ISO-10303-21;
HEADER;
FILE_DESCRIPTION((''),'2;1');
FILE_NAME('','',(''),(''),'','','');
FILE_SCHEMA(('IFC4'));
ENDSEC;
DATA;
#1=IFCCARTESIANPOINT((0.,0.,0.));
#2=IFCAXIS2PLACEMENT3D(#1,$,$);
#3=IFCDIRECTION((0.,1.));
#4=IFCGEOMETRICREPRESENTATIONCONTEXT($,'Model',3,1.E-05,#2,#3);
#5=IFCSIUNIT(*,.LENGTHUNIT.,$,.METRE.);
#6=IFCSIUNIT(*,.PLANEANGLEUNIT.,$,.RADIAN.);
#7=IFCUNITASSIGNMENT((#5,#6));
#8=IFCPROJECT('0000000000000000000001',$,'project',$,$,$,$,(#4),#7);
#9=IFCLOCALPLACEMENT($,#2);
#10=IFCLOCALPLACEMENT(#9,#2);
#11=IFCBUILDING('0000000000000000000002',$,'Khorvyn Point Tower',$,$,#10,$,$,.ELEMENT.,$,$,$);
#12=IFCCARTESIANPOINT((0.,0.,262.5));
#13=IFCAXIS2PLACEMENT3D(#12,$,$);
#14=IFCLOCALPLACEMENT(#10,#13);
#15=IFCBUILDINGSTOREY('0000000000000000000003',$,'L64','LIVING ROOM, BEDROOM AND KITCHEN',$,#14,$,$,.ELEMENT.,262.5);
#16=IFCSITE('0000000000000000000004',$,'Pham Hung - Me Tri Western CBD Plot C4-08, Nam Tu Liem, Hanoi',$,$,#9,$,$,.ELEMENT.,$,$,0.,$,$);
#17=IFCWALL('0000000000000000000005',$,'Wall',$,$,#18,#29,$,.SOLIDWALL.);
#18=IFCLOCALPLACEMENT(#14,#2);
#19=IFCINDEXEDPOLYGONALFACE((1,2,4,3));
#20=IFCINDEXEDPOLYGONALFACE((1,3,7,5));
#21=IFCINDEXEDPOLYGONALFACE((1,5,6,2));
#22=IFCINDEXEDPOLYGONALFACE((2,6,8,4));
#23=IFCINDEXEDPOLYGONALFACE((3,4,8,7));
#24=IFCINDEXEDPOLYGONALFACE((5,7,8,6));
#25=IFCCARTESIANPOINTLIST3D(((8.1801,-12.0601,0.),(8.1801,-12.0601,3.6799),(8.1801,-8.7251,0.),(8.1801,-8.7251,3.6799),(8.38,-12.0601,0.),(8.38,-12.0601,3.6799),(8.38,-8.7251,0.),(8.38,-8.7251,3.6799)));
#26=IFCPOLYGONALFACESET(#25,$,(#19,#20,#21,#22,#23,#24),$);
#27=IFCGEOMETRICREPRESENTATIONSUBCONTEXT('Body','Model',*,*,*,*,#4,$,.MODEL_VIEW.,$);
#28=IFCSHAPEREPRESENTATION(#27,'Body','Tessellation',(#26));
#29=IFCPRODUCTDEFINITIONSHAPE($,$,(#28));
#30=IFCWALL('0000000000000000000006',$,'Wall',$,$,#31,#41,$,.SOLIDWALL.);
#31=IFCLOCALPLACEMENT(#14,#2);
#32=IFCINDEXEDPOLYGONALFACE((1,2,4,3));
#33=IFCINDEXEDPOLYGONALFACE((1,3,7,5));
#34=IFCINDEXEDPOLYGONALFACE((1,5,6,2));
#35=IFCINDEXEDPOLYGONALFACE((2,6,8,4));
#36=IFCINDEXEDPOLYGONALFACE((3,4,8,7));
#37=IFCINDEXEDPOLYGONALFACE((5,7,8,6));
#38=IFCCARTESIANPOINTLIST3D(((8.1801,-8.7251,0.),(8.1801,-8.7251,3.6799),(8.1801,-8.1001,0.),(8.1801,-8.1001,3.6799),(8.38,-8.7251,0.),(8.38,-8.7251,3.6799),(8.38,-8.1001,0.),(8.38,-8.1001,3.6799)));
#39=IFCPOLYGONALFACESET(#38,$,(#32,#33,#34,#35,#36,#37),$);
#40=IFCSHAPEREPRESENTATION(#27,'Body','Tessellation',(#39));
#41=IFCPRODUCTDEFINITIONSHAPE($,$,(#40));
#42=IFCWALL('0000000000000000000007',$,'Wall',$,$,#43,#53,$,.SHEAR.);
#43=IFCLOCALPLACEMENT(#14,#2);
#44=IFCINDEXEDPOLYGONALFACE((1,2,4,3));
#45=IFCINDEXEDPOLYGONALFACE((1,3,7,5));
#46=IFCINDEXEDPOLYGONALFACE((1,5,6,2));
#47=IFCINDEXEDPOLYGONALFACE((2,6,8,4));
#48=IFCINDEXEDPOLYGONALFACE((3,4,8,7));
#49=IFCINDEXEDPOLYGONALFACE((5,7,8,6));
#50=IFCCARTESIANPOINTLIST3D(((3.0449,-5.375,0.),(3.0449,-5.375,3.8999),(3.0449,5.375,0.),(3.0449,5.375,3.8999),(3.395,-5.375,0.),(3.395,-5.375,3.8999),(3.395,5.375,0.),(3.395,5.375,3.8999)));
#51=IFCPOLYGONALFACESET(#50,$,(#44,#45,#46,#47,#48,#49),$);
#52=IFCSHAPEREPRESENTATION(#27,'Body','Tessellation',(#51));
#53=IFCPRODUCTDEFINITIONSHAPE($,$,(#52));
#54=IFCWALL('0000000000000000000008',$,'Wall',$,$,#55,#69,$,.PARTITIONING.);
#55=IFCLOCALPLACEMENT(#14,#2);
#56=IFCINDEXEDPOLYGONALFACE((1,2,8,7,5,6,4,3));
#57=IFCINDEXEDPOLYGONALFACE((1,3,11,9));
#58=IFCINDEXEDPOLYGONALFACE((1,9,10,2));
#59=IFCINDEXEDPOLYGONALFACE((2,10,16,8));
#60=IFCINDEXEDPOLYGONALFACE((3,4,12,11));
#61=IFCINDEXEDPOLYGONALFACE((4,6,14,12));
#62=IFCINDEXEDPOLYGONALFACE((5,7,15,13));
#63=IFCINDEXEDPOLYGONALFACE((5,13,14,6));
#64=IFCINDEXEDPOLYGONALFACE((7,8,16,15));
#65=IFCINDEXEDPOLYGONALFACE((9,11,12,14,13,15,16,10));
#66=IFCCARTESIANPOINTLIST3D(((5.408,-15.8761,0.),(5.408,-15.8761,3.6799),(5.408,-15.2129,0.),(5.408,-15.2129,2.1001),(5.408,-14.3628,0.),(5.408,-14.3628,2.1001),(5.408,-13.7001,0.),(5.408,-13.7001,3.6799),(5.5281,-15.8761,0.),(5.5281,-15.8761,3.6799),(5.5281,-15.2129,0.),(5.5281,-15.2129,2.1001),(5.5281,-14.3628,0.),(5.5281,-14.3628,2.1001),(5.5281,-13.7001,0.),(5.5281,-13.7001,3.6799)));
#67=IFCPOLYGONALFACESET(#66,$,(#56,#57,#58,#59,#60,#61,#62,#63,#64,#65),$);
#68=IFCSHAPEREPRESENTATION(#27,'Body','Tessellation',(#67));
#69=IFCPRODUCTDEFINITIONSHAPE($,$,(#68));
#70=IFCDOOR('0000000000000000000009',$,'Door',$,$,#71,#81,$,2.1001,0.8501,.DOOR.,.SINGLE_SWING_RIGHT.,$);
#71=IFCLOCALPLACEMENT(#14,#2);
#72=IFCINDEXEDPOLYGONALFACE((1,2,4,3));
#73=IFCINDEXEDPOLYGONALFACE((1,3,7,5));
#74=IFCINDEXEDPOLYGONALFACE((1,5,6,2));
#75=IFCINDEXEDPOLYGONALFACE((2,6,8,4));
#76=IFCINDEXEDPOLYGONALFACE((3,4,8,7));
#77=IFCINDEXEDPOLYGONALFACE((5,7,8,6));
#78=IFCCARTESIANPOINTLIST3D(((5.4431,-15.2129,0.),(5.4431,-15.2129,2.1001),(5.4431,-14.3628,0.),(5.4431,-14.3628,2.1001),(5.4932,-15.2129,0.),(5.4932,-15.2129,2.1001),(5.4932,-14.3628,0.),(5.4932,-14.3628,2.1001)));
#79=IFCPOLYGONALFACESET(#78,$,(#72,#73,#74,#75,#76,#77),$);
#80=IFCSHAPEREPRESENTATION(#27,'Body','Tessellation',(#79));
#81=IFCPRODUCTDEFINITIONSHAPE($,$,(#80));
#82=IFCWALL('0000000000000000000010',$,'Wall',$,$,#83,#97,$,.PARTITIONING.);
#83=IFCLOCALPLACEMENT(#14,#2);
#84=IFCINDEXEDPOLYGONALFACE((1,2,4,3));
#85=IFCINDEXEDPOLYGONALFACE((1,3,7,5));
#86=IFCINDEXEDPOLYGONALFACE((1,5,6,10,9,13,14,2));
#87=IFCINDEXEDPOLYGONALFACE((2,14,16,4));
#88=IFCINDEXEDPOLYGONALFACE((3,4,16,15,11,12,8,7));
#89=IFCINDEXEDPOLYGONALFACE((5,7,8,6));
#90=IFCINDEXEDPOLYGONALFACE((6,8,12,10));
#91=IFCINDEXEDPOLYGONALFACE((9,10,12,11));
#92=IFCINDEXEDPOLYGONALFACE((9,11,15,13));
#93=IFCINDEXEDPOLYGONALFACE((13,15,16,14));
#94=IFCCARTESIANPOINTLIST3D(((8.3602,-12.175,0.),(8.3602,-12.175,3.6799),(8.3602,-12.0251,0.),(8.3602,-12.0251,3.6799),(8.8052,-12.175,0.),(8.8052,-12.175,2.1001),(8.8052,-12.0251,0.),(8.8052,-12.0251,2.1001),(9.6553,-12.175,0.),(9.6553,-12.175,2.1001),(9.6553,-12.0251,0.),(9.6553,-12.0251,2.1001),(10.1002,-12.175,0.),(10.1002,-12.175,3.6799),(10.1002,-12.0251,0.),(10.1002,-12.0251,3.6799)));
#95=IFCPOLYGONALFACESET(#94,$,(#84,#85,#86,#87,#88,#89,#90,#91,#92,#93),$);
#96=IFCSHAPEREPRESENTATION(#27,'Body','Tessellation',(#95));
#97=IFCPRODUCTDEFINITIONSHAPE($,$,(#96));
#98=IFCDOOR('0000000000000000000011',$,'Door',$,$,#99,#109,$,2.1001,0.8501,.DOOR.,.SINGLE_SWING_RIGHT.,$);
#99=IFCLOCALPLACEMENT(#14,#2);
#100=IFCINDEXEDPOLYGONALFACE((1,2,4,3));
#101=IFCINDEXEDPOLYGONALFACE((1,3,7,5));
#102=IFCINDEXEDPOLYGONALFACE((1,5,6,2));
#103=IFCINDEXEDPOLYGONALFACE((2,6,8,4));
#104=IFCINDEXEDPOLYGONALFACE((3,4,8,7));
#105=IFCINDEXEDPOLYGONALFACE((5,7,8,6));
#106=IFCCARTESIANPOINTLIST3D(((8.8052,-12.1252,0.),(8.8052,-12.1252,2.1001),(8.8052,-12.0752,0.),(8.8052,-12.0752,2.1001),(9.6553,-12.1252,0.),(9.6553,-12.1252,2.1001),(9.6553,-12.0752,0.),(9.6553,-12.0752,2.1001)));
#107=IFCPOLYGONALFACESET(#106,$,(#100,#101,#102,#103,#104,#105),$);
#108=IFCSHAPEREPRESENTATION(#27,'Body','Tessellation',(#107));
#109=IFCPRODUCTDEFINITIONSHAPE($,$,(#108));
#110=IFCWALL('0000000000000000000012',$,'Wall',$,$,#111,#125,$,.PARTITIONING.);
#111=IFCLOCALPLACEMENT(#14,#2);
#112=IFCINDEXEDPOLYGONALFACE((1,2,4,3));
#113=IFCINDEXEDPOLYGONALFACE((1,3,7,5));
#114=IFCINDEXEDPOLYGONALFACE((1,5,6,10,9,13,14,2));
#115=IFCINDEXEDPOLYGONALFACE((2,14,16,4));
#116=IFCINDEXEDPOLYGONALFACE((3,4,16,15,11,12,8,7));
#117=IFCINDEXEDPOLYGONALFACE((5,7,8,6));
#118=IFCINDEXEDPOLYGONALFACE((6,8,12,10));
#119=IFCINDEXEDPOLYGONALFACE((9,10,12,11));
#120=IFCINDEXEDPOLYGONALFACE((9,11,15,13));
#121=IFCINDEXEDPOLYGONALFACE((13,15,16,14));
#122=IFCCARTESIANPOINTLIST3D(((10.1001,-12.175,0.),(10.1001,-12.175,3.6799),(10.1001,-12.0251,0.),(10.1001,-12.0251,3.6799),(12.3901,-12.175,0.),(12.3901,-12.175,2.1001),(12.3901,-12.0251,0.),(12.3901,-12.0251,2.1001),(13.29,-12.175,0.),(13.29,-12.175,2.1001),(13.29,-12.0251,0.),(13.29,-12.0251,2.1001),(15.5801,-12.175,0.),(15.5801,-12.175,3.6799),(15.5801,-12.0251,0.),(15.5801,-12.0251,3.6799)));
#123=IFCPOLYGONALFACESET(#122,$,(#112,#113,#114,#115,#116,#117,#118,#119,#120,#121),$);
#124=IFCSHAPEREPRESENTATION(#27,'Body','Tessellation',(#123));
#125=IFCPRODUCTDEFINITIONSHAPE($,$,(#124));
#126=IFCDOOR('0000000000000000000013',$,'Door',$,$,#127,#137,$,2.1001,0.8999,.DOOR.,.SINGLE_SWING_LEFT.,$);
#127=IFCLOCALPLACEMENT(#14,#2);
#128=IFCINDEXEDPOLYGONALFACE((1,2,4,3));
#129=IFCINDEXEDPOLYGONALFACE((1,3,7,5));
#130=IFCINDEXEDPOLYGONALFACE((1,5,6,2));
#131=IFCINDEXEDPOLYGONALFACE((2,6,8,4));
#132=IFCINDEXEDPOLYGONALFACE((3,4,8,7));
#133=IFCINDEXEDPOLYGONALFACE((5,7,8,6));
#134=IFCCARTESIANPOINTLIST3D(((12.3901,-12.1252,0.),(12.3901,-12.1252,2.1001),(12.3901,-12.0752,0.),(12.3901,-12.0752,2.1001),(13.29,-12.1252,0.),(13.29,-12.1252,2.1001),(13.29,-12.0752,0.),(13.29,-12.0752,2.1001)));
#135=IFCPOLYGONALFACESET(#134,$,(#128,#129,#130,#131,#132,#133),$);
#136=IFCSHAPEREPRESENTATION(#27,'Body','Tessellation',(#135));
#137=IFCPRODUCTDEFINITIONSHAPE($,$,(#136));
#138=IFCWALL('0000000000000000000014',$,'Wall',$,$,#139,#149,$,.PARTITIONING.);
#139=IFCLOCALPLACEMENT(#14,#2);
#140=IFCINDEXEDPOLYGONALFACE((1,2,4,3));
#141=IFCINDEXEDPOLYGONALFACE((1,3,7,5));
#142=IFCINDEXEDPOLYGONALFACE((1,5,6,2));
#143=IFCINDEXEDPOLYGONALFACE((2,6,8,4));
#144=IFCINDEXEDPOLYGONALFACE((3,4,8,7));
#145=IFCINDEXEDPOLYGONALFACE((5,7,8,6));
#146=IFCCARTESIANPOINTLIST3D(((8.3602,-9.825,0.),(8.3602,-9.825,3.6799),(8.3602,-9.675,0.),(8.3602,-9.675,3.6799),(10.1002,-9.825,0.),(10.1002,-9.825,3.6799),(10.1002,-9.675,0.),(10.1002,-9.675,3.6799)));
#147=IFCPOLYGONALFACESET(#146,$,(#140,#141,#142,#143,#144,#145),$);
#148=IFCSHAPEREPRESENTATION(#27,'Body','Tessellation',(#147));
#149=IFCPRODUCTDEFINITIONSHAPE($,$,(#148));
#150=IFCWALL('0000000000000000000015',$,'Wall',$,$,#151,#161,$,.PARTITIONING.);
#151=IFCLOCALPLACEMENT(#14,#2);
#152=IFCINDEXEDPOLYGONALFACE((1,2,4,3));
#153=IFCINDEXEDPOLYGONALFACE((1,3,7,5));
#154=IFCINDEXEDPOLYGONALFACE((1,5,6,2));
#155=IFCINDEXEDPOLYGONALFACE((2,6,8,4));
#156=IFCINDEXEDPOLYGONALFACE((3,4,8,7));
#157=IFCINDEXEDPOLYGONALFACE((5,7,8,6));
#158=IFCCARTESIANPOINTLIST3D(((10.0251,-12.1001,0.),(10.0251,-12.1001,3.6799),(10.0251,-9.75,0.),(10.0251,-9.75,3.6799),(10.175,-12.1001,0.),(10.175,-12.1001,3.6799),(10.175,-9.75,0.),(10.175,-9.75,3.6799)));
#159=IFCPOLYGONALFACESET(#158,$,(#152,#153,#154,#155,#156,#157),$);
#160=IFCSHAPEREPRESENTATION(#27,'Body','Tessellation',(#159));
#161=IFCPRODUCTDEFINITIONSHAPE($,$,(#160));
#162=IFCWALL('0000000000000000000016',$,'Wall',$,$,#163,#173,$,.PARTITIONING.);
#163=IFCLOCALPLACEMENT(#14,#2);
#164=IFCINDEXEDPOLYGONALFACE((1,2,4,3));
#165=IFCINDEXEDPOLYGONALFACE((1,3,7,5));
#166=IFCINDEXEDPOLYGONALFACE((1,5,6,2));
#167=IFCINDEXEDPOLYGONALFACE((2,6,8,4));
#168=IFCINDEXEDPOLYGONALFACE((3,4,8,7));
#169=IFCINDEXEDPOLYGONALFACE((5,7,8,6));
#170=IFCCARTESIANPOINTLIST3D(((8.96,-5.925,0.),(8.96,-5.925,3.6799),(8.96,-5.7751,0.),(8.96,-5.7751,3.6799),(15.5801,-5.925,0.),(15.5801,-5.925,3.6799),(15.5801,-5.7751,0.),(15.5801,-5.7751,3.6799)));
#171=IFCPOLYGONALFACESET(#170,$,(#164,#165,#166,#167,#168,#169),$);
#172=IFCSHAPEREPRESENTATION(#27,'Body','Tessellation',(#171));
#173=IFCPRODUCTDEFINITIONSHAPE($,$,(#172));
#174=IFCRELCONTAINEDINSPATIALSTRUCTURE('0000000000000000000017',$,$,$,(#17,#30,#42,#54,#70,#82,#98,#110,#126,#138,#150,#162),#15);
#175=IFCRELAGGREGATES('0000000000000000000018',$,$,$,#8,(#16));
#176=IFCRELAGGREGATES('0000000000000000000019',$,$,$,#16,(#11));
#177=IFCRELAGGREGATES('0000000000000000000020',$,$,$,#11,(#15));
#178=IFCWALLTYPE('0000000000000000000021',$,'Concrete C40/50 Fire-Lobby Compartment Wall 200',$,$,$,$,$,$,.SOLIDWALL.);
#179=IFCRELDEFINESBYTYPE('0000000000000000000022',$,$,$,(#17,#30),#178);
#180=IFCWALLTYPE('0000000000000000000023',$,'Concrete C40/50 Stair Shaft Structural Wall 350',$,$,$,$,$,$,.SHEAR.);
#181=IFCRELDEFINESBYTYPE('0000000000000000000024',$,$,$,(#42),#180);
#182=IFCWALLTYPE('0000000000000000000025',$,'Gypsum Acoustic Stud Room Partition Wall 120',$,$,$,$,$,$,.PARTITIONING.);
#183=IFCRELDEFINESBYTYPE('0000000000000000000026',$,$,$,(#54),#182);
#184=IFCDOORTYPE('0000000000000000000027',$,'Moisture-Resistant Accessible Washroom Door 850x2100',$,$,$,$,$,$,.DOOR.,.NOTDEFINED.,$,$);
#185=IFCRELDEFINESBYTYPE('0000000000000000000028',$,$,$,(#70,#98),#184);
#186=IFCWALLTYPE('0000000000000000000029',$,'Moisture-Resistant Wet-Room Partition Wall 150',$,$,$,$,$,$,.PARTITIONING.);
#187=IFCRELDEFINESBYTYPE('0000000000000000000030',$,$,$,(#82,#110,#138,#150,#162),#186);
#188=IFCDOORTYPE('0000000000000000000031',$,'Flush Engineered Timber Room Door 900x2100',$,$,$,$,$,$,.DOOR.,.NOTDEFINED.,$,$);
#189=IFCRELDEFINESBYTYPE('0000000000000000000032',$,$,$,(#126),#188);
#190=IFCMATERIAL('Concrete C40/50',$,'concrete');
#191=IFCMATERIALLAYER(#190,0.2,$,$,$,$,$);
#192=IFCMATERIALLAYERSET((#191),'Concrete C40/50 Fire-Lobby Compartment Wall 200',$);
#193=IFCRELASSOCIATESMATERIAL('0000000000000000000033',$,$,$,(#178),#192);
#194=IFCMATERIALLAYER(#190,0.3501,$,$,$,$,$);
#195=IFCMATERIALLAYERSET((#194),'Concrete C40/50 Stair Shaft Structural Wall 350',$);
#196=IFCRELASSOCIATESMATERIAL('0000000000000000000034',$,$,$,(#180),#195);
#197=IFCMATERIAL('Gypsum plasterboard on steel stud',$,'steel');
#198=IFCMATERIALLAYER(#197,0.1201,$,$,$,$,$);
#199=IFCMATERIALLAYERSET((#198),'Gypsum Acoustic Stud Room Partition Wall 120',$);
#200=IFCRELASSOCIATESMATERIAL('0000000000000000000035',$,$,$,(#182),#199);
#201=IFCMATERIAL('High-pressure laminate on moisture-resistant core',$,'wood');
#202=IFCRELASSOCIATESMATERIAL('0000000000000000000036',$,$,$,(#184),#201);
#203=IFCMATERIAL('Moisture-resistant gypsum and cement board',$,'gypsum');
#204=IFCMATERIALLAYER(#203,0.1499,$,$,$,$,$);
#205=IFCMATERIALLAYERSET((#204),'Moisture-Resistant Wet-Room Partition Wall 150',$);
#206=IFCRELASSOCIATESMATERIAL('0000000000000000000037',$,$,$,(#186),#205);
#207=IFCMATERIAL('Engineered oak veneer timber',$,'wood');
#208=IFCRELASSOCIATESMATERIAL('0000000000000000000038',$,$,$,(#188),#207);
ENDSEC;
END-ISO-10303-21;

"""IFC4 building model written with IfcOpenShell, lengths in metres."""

from ifc_helpers import new_model, si_unit, direction, frame, frame_2d, origin, place, context, subcontext, project, spatial, rectangle, extrude, material, layer, layer_set, type_object, element, fill, save


model = new_model("IFC4")

# Units and contexts
model_context = context("Model", 3, precision=1e-05, world=origin(), true_north=direction((0.0, 1.0)))
body_context = subcontext(model_context, "Body", "Model", "MODEL_VIEW")
ifc_project = project(units=[si_unit("LENGTHUNIT", "METRE"), si_unit("PLANEANGLEUNIT", "RADIAN")], contexts=[model_context])

# Site, building, storey
site_placement = place(None, origin())
site = spatial("IfcSite", under=ifc_project, at=site_placement, Name="Pham Hung - Me Tri Western CBD Plot C4-08, Nam Tu Liem, Hanoi", CompositionType="ELEMENT", RefElevation=0.0)
building_placement = place(site_placement, origin())
building = spatial("IfcBuilding", under=site, at=building_placement, Name="Khorvyn Point Tower", CompositionType="ELEMENT")
storey_placement = place(building_placement, frame((0.0, 0.0, 262.5)))
storey = spatial("IfcBuildingStorey", under=building, at=storey_placement, Name="L64", Description="LIVING ROOM, BEDROOM AND KITCHEN", CompositionType="ELEMENT", Elevation=262.5)

# Shared definitions
ifc_material_1 = material(Name="Concrete C40/50", Category="concrete")

# Shared definitions
ifc_layer_1 = layer(ifc_material_1, 0.2)
ifc_layer_set_1 = layer_set([ifc_layer_1], Name="Concrete C40/50 Fire-Lobby Compartment Wall 200")
wall_type_1 = type_object("IfcWallType", Name="Concrete C40/50 Fire-Lobby Compartment Wall 200", PredefinedType="SOLIDWALL", material=ifc_layer_set_1)

# Walls
wall_1_placement = place(storey_placement, frame((8.28, -12.0601, 0.0), z_axis=(0.0, 0.0, 1.0), x_axis=(0.0, 1.0, 0.0)))
element("IfcWall", 1, at=wall_1_placement, inside=storey, type_object=wall_type_1, Name="Wall", PredefinedType="SOLIDWALL", context=body_context, shape_type="SweptSolid", body=[
    extrude(rectangle(XDim=3.335, YDim=0.2, at=frame_2d((1.6675, 0.0))), origin(), (0.0, 0.0, 1.0), 3.6799),
])
wall_2_placement = place(storey_placement, frame((8.28, -8.7251, 0.0), z_axis=(0.0, 0.0, 1.0), x_axis=(0.0, 1.0, 0.0)))
element("IfcWall", 2, at=wall_2_placement, inside=storey, type_object=wall_type_1, Name="Wall", PredefinedType="SOLIDWALL", context=body_context, shape_type="SweptSolid", body=[
    extrude(rectangle(XDim=0.625, YDim=0.2, at=frame_2d((0.3125, 0.0))), origin(), (0.0, 0.0, 1.0), 3.6799),
])
ifc_layer_2 = layer(ifc_material_1, 0.3501)
ifc_layer_set_2 = layer_set([ifc_layer_2], Name="Concrete C40/50 Stair Shaft Structural Wall 350")
wall_type_2 = type_object("IfcWallType", Name="Concrete C40/50 Stair Shaft Structural Wall 350", PredefinedType="SHEAR", material=ifc_layer_set_2)
wall_3_placement = place(storey_placement, frame((3.22, -5.375, 0.0), z_axis=(0.0, 0.0, 1.0), x_axis=(0.0, 1.0, 0.0)))
element("IfcWall", 3, at=wall_3_placement, inside=storey, type_object=wall_type_2, Name="Wall", PredefinedType="SHEAR", context=body_context, shape_type="SweptSolid", body=[
    extrude(rectangle(XDim=10.75, YDim=0.3501, at=frame_2d((5.375, 0.0))), origin(), (0.0, 0.0, 1.0), 3.8999),
])

# Walls, openings, doors
ifc_material_2 = material(Name="Gypsum plasterboard on steel stud", Category="steel")
ifc_layer_3 = layer(ifc_material_2, 0.1201)
ifc_layer_set_3 = layer_set([ifc_layer_3], Name="Gypsum Acoustic Stud Room Partition Wall 120")
wall_type_3 = type_object("IfcWallType", Name="Gypsum Acoustic Stud Room Partition Wall 120", PredefinedType="PARTITIONING", material=ifc_layer_set_3)
wall_4_placement = place(storey_placement, frame((5.468, -15.876, 0.0), z_axis=(0.0, 0.0, 1.0), x_axis=(0.0, 1.0, 0.0)))
wall_4 = element("IfcWall", 4, at=wall_4_placement, inside=storey, type_object=wall_type_3, Name="Wall", PredefinedType="PARTITIONING", context=body_context, shape_type="SweptSolid", body=[
    extrude(rectangle(XDim=2.176, YDim=0.1201, at=frame_2d((1.0879, 0.0))), origin(), (0.0, 0.0, 1.0), 3.6799),
])
opening_1_placement = place(wall_4_placement, frame((0.6631, 0.0, 0.0)))
opening_1 = element("IfcOpeningElement", 5, at=opening_1_placement, cuts=wall_4, PredefinedType="OPENING", context=body_context, shape_type="SweptSolid", body=[
    extrude(rectangle(XDim=0.8501, YDim=2.1001, at=frame_2d((0.425, 1.05))), frame((0.0, 0.0701, 0.0), z_axis=(0.0, -1.0, 0.0), x_axis=(1.0, 0.0, 0.0)), (0.0, 0.0, 1.0), 0.1401),
])
ifc_material_3 = material(Name="High-pressure laminate on moisture-resistant core", Category="wood")
door_type_1 = type_object("IfcDoorType", Name="Moisture-Resistant Accessible Washroom Door 850x2100", OperationType="NOTDEFINED", PredefinedType="DOOR", material=ifc_material_3)
door_1_placement = place(opening_1_placement, origin())
door_1 = element("IfcDoor", 6, at=door_1_placement, inside=storey, type_object=door_type_1, Name="Door", OperationType="SINGLE_SWING_RIGHT", OverallHeight=2.1001, OverallWidth=0.8501, PredefinedType="DOOR", context=body_context, shape_type="SweptSolid", body=[
    extrude(rectangle(XDim=0.8501, YDim=2.1001, at=frame_2d((0.425, 1.05))), frame((0.0, 0.0249, 0.0), z_axis=(0.0, -1.0, 0.0), x_axis=(1.0, 0.0, 0.0)), (0.0, 0.0, 1.0), 0.05),
])
fill(opening_1, door_1)
ifc_material_4 = material(Name="Moisture-resistant gypsum and cement board", Category="gypsum")
ifc_layer_4 = layer(ifc_material_4, 0.1499)
ifc_layer_set_4 = layer_set([ifc_layer_4], Name="Moisture-Resistant Wet-Room Partition Wall 150")
wall_type_4 = type_object("IfcWallType", Name="Moisture-Resistant Wet-Room Partition Wall 150", PredefinedType="PARTITIONING", material=ifc_layer_set_4)
wall_5_placement = place(storey_placement, frame((8.3601, -12.1001, 0.0), z_axis=(0.0, 0.0, 1.0), x_axis=(1.0, 0.0, 0.0)))
wall_5 = element("IfcWall", 7, at=wall_5_placement, inside=storey, type_object=wall_type_4, Name="Wall", PredefinedType="PARTITIONING", context=body_context, shape_type="SweptSolid", body=[
    extrude(rectangle(XDim=1.74, YDim=0.1499, at=frame_2d((0.8701, 0.0))), origin(), (0.0, 0.0, 1.0), 3.6799),
])
opening_2_placement = place(wall_5_placement, frame((0.4451, 0.0, 0.0)))
opening_2 = element("IfcOpeningElement", 8, at=opening_2_placement, cuts=wall_5, PredefinedType="OPENING", context=body_context, shape_type="SweptSolid", body=[
    extrude(rectangle(XDim=0.8501, YDim=2.1001, at=frame_2d((0.425, 1.05))), frame((0.0, 0.085, 0.0), z_axis=(0.0, -1.0, 0.0), x_axis=(1.0, 0.0, 0.0)), (0.0, 0.0, 1.0), 0.1699),
])
door_2_placement = place(opening_2_placement, origin())
door_2 = element("IfcDoor", 9, at=door_2_placement, inside=storey, type_object=door_type_1, Name="Door", OperationType="SINGLE_SWING_RIGHT", OverallHeight=2.1001, OverallWidth=0.8501, PredefinedType="DOOR", context=body_context, shape_type="SweptSolid", body=[
    extrude(rectangle(XDim=0.8501, YDim=2.1001, at=frame_2d((0.425, 1.05))), frame((0.0, 0.0249, 0.0), z_axis=(0.0, -1.0, 0.0), x_axis=(1.0, 0.0, 0.0)), (0.0, 0.0, 1.0), 0.05),
])
fill(opening_2, door_2)
wall_6_placement = place(storey_placement, frame((10.1001, -12.1001, 0.0), z_axis=(0.0, 0.0, 1.0), x_axis=(1.0, 0.0, 0.0)))
wall_6 = element("IfcWall", 10, at=wall_6_placement, inside=storey, type_object=wall_type_4, Name="Wall", PredefinedType="PARTITIONING", context=body_context, shape_type="SweptSolid", body=[
    extrude(rectangle(XDim=5.48, YDim=0.1499, at=frame_2d((2.74, 0.0))), origin(), (0.0, 0.0, 1.0), 3.6799),
])
opening_3_placement = place(wall_6_placement, frame((2.29, 0.0, 0.0)))
opening_3 = element("IfcOpeningElement", 11, at=opening_3_placement, cuts=wall_6, PredefinedType="OPENING", context=body_context, shape_type="SweptSolid", body=[
    extrude(rectangle(XDim=0.8999, YDim=2.1001, at=frame_2d((0.45, 1.05))), frame((0.0, 0.085, 0.0), z_axis=(0.0, -1.0, 0.0), x_axis=(1.0, 0.0, 0.0)), (0.0, 0.0, 1.0), 0.1699),
])
ifc_material_5 = material(Name="Engineered oak veneer timber", Category="wood")
door_type_2 = type_object("IfcDoorType", Name="Flush Engineered Timber Room Door 900x2100", OperationType="NOTDEFINED", PredefinedType="DOOR", material=ifc_material_5)
door_3_placement = place(opening_3_placement, origin())
door_3 = element("IfcDoor", 12, at=door_3_placement, inside=storey, type_object=door_type_2, Name="Door", OperationType="SINGLE_SWING_LEFT", OverallHeight=2.1001, OverallWidth=0.8999, PredefinedType="DOOR", context=body_context, shape_type="SweptSolid", body=[
    extrude(rectangle(XDim=0.8999, YDim=2.1001, at=frame_2d((0.45, 1.05))), frame((0.0, 0.0249, 0.0), z_axis=(0.0, -1.0, 0.0), x_axis=(1.0, 0.0, 0.0)), (0.0, 0.0, 1.0), 0.05),
])
fill(opening_3, door_3)

# Walls
wall_7_placement = place(storey_placement, frame((8.3601, -9.75, 0.0), z_axis=(0.0, 0.0, 1.0), x_axis=(1.0, 0.0, 0.0)))
element("IfcWall", 13, at=wall_7_placement, inside=storey, type_object=wall_type_4, Name="Wall", PredefinedType="PARTITIONING", context=body_context, shape_type="SweptSolid", body=[
    extrude(rectangle(XDim=1.74, YDim=0.1499, at=frame_2d((0.8701, 0.0))), origin(), (0.0, 0.0, 1.0), 3.6799),
])
wall_8_placement = place(storey_placement, frame((10.1001, -12.1001, 0.0), z_axis=(0.0, 0.0, 1.0), x_axis=(0.0, 1.0, 0.0)))
element("IfcWall", 14, at=wall_8_placement, inside=storey, type_object=wall_type_4, Name="Wall", PredefinedType="PARTITIONING", context=body_context, shape_type="SweptSolid", body=[
    extrude(rectangle(XDim=2.3501, YDim=0.1499, at=frame_2d((1.175, 0.0))), origin(), (0.0, 0.0, 1.0), 3.6799),
])
wall_9_placement = place(storey_placement, frame((8.96, -5.8501, 0.0), z_axis=(0.0, 0.0, 1.0), x_axis=(1.0, 0.0, 0.0)))
element("IfcWall", 15, at=wall_9_placement, inside=storey, type_object=wall_type_4, Name="Wall", PredefinedType="PARTITIONING", context=body_context, shape_type="SweptSolid", body=[
    extrude(rectangle(XDim=6.6201, YDim=0.1499, at=frame_2d((3.3101, 0.0))), origin(), (0.0, 0.0, 1.0), 3.6799),
])

save(model, "model.ifc")
